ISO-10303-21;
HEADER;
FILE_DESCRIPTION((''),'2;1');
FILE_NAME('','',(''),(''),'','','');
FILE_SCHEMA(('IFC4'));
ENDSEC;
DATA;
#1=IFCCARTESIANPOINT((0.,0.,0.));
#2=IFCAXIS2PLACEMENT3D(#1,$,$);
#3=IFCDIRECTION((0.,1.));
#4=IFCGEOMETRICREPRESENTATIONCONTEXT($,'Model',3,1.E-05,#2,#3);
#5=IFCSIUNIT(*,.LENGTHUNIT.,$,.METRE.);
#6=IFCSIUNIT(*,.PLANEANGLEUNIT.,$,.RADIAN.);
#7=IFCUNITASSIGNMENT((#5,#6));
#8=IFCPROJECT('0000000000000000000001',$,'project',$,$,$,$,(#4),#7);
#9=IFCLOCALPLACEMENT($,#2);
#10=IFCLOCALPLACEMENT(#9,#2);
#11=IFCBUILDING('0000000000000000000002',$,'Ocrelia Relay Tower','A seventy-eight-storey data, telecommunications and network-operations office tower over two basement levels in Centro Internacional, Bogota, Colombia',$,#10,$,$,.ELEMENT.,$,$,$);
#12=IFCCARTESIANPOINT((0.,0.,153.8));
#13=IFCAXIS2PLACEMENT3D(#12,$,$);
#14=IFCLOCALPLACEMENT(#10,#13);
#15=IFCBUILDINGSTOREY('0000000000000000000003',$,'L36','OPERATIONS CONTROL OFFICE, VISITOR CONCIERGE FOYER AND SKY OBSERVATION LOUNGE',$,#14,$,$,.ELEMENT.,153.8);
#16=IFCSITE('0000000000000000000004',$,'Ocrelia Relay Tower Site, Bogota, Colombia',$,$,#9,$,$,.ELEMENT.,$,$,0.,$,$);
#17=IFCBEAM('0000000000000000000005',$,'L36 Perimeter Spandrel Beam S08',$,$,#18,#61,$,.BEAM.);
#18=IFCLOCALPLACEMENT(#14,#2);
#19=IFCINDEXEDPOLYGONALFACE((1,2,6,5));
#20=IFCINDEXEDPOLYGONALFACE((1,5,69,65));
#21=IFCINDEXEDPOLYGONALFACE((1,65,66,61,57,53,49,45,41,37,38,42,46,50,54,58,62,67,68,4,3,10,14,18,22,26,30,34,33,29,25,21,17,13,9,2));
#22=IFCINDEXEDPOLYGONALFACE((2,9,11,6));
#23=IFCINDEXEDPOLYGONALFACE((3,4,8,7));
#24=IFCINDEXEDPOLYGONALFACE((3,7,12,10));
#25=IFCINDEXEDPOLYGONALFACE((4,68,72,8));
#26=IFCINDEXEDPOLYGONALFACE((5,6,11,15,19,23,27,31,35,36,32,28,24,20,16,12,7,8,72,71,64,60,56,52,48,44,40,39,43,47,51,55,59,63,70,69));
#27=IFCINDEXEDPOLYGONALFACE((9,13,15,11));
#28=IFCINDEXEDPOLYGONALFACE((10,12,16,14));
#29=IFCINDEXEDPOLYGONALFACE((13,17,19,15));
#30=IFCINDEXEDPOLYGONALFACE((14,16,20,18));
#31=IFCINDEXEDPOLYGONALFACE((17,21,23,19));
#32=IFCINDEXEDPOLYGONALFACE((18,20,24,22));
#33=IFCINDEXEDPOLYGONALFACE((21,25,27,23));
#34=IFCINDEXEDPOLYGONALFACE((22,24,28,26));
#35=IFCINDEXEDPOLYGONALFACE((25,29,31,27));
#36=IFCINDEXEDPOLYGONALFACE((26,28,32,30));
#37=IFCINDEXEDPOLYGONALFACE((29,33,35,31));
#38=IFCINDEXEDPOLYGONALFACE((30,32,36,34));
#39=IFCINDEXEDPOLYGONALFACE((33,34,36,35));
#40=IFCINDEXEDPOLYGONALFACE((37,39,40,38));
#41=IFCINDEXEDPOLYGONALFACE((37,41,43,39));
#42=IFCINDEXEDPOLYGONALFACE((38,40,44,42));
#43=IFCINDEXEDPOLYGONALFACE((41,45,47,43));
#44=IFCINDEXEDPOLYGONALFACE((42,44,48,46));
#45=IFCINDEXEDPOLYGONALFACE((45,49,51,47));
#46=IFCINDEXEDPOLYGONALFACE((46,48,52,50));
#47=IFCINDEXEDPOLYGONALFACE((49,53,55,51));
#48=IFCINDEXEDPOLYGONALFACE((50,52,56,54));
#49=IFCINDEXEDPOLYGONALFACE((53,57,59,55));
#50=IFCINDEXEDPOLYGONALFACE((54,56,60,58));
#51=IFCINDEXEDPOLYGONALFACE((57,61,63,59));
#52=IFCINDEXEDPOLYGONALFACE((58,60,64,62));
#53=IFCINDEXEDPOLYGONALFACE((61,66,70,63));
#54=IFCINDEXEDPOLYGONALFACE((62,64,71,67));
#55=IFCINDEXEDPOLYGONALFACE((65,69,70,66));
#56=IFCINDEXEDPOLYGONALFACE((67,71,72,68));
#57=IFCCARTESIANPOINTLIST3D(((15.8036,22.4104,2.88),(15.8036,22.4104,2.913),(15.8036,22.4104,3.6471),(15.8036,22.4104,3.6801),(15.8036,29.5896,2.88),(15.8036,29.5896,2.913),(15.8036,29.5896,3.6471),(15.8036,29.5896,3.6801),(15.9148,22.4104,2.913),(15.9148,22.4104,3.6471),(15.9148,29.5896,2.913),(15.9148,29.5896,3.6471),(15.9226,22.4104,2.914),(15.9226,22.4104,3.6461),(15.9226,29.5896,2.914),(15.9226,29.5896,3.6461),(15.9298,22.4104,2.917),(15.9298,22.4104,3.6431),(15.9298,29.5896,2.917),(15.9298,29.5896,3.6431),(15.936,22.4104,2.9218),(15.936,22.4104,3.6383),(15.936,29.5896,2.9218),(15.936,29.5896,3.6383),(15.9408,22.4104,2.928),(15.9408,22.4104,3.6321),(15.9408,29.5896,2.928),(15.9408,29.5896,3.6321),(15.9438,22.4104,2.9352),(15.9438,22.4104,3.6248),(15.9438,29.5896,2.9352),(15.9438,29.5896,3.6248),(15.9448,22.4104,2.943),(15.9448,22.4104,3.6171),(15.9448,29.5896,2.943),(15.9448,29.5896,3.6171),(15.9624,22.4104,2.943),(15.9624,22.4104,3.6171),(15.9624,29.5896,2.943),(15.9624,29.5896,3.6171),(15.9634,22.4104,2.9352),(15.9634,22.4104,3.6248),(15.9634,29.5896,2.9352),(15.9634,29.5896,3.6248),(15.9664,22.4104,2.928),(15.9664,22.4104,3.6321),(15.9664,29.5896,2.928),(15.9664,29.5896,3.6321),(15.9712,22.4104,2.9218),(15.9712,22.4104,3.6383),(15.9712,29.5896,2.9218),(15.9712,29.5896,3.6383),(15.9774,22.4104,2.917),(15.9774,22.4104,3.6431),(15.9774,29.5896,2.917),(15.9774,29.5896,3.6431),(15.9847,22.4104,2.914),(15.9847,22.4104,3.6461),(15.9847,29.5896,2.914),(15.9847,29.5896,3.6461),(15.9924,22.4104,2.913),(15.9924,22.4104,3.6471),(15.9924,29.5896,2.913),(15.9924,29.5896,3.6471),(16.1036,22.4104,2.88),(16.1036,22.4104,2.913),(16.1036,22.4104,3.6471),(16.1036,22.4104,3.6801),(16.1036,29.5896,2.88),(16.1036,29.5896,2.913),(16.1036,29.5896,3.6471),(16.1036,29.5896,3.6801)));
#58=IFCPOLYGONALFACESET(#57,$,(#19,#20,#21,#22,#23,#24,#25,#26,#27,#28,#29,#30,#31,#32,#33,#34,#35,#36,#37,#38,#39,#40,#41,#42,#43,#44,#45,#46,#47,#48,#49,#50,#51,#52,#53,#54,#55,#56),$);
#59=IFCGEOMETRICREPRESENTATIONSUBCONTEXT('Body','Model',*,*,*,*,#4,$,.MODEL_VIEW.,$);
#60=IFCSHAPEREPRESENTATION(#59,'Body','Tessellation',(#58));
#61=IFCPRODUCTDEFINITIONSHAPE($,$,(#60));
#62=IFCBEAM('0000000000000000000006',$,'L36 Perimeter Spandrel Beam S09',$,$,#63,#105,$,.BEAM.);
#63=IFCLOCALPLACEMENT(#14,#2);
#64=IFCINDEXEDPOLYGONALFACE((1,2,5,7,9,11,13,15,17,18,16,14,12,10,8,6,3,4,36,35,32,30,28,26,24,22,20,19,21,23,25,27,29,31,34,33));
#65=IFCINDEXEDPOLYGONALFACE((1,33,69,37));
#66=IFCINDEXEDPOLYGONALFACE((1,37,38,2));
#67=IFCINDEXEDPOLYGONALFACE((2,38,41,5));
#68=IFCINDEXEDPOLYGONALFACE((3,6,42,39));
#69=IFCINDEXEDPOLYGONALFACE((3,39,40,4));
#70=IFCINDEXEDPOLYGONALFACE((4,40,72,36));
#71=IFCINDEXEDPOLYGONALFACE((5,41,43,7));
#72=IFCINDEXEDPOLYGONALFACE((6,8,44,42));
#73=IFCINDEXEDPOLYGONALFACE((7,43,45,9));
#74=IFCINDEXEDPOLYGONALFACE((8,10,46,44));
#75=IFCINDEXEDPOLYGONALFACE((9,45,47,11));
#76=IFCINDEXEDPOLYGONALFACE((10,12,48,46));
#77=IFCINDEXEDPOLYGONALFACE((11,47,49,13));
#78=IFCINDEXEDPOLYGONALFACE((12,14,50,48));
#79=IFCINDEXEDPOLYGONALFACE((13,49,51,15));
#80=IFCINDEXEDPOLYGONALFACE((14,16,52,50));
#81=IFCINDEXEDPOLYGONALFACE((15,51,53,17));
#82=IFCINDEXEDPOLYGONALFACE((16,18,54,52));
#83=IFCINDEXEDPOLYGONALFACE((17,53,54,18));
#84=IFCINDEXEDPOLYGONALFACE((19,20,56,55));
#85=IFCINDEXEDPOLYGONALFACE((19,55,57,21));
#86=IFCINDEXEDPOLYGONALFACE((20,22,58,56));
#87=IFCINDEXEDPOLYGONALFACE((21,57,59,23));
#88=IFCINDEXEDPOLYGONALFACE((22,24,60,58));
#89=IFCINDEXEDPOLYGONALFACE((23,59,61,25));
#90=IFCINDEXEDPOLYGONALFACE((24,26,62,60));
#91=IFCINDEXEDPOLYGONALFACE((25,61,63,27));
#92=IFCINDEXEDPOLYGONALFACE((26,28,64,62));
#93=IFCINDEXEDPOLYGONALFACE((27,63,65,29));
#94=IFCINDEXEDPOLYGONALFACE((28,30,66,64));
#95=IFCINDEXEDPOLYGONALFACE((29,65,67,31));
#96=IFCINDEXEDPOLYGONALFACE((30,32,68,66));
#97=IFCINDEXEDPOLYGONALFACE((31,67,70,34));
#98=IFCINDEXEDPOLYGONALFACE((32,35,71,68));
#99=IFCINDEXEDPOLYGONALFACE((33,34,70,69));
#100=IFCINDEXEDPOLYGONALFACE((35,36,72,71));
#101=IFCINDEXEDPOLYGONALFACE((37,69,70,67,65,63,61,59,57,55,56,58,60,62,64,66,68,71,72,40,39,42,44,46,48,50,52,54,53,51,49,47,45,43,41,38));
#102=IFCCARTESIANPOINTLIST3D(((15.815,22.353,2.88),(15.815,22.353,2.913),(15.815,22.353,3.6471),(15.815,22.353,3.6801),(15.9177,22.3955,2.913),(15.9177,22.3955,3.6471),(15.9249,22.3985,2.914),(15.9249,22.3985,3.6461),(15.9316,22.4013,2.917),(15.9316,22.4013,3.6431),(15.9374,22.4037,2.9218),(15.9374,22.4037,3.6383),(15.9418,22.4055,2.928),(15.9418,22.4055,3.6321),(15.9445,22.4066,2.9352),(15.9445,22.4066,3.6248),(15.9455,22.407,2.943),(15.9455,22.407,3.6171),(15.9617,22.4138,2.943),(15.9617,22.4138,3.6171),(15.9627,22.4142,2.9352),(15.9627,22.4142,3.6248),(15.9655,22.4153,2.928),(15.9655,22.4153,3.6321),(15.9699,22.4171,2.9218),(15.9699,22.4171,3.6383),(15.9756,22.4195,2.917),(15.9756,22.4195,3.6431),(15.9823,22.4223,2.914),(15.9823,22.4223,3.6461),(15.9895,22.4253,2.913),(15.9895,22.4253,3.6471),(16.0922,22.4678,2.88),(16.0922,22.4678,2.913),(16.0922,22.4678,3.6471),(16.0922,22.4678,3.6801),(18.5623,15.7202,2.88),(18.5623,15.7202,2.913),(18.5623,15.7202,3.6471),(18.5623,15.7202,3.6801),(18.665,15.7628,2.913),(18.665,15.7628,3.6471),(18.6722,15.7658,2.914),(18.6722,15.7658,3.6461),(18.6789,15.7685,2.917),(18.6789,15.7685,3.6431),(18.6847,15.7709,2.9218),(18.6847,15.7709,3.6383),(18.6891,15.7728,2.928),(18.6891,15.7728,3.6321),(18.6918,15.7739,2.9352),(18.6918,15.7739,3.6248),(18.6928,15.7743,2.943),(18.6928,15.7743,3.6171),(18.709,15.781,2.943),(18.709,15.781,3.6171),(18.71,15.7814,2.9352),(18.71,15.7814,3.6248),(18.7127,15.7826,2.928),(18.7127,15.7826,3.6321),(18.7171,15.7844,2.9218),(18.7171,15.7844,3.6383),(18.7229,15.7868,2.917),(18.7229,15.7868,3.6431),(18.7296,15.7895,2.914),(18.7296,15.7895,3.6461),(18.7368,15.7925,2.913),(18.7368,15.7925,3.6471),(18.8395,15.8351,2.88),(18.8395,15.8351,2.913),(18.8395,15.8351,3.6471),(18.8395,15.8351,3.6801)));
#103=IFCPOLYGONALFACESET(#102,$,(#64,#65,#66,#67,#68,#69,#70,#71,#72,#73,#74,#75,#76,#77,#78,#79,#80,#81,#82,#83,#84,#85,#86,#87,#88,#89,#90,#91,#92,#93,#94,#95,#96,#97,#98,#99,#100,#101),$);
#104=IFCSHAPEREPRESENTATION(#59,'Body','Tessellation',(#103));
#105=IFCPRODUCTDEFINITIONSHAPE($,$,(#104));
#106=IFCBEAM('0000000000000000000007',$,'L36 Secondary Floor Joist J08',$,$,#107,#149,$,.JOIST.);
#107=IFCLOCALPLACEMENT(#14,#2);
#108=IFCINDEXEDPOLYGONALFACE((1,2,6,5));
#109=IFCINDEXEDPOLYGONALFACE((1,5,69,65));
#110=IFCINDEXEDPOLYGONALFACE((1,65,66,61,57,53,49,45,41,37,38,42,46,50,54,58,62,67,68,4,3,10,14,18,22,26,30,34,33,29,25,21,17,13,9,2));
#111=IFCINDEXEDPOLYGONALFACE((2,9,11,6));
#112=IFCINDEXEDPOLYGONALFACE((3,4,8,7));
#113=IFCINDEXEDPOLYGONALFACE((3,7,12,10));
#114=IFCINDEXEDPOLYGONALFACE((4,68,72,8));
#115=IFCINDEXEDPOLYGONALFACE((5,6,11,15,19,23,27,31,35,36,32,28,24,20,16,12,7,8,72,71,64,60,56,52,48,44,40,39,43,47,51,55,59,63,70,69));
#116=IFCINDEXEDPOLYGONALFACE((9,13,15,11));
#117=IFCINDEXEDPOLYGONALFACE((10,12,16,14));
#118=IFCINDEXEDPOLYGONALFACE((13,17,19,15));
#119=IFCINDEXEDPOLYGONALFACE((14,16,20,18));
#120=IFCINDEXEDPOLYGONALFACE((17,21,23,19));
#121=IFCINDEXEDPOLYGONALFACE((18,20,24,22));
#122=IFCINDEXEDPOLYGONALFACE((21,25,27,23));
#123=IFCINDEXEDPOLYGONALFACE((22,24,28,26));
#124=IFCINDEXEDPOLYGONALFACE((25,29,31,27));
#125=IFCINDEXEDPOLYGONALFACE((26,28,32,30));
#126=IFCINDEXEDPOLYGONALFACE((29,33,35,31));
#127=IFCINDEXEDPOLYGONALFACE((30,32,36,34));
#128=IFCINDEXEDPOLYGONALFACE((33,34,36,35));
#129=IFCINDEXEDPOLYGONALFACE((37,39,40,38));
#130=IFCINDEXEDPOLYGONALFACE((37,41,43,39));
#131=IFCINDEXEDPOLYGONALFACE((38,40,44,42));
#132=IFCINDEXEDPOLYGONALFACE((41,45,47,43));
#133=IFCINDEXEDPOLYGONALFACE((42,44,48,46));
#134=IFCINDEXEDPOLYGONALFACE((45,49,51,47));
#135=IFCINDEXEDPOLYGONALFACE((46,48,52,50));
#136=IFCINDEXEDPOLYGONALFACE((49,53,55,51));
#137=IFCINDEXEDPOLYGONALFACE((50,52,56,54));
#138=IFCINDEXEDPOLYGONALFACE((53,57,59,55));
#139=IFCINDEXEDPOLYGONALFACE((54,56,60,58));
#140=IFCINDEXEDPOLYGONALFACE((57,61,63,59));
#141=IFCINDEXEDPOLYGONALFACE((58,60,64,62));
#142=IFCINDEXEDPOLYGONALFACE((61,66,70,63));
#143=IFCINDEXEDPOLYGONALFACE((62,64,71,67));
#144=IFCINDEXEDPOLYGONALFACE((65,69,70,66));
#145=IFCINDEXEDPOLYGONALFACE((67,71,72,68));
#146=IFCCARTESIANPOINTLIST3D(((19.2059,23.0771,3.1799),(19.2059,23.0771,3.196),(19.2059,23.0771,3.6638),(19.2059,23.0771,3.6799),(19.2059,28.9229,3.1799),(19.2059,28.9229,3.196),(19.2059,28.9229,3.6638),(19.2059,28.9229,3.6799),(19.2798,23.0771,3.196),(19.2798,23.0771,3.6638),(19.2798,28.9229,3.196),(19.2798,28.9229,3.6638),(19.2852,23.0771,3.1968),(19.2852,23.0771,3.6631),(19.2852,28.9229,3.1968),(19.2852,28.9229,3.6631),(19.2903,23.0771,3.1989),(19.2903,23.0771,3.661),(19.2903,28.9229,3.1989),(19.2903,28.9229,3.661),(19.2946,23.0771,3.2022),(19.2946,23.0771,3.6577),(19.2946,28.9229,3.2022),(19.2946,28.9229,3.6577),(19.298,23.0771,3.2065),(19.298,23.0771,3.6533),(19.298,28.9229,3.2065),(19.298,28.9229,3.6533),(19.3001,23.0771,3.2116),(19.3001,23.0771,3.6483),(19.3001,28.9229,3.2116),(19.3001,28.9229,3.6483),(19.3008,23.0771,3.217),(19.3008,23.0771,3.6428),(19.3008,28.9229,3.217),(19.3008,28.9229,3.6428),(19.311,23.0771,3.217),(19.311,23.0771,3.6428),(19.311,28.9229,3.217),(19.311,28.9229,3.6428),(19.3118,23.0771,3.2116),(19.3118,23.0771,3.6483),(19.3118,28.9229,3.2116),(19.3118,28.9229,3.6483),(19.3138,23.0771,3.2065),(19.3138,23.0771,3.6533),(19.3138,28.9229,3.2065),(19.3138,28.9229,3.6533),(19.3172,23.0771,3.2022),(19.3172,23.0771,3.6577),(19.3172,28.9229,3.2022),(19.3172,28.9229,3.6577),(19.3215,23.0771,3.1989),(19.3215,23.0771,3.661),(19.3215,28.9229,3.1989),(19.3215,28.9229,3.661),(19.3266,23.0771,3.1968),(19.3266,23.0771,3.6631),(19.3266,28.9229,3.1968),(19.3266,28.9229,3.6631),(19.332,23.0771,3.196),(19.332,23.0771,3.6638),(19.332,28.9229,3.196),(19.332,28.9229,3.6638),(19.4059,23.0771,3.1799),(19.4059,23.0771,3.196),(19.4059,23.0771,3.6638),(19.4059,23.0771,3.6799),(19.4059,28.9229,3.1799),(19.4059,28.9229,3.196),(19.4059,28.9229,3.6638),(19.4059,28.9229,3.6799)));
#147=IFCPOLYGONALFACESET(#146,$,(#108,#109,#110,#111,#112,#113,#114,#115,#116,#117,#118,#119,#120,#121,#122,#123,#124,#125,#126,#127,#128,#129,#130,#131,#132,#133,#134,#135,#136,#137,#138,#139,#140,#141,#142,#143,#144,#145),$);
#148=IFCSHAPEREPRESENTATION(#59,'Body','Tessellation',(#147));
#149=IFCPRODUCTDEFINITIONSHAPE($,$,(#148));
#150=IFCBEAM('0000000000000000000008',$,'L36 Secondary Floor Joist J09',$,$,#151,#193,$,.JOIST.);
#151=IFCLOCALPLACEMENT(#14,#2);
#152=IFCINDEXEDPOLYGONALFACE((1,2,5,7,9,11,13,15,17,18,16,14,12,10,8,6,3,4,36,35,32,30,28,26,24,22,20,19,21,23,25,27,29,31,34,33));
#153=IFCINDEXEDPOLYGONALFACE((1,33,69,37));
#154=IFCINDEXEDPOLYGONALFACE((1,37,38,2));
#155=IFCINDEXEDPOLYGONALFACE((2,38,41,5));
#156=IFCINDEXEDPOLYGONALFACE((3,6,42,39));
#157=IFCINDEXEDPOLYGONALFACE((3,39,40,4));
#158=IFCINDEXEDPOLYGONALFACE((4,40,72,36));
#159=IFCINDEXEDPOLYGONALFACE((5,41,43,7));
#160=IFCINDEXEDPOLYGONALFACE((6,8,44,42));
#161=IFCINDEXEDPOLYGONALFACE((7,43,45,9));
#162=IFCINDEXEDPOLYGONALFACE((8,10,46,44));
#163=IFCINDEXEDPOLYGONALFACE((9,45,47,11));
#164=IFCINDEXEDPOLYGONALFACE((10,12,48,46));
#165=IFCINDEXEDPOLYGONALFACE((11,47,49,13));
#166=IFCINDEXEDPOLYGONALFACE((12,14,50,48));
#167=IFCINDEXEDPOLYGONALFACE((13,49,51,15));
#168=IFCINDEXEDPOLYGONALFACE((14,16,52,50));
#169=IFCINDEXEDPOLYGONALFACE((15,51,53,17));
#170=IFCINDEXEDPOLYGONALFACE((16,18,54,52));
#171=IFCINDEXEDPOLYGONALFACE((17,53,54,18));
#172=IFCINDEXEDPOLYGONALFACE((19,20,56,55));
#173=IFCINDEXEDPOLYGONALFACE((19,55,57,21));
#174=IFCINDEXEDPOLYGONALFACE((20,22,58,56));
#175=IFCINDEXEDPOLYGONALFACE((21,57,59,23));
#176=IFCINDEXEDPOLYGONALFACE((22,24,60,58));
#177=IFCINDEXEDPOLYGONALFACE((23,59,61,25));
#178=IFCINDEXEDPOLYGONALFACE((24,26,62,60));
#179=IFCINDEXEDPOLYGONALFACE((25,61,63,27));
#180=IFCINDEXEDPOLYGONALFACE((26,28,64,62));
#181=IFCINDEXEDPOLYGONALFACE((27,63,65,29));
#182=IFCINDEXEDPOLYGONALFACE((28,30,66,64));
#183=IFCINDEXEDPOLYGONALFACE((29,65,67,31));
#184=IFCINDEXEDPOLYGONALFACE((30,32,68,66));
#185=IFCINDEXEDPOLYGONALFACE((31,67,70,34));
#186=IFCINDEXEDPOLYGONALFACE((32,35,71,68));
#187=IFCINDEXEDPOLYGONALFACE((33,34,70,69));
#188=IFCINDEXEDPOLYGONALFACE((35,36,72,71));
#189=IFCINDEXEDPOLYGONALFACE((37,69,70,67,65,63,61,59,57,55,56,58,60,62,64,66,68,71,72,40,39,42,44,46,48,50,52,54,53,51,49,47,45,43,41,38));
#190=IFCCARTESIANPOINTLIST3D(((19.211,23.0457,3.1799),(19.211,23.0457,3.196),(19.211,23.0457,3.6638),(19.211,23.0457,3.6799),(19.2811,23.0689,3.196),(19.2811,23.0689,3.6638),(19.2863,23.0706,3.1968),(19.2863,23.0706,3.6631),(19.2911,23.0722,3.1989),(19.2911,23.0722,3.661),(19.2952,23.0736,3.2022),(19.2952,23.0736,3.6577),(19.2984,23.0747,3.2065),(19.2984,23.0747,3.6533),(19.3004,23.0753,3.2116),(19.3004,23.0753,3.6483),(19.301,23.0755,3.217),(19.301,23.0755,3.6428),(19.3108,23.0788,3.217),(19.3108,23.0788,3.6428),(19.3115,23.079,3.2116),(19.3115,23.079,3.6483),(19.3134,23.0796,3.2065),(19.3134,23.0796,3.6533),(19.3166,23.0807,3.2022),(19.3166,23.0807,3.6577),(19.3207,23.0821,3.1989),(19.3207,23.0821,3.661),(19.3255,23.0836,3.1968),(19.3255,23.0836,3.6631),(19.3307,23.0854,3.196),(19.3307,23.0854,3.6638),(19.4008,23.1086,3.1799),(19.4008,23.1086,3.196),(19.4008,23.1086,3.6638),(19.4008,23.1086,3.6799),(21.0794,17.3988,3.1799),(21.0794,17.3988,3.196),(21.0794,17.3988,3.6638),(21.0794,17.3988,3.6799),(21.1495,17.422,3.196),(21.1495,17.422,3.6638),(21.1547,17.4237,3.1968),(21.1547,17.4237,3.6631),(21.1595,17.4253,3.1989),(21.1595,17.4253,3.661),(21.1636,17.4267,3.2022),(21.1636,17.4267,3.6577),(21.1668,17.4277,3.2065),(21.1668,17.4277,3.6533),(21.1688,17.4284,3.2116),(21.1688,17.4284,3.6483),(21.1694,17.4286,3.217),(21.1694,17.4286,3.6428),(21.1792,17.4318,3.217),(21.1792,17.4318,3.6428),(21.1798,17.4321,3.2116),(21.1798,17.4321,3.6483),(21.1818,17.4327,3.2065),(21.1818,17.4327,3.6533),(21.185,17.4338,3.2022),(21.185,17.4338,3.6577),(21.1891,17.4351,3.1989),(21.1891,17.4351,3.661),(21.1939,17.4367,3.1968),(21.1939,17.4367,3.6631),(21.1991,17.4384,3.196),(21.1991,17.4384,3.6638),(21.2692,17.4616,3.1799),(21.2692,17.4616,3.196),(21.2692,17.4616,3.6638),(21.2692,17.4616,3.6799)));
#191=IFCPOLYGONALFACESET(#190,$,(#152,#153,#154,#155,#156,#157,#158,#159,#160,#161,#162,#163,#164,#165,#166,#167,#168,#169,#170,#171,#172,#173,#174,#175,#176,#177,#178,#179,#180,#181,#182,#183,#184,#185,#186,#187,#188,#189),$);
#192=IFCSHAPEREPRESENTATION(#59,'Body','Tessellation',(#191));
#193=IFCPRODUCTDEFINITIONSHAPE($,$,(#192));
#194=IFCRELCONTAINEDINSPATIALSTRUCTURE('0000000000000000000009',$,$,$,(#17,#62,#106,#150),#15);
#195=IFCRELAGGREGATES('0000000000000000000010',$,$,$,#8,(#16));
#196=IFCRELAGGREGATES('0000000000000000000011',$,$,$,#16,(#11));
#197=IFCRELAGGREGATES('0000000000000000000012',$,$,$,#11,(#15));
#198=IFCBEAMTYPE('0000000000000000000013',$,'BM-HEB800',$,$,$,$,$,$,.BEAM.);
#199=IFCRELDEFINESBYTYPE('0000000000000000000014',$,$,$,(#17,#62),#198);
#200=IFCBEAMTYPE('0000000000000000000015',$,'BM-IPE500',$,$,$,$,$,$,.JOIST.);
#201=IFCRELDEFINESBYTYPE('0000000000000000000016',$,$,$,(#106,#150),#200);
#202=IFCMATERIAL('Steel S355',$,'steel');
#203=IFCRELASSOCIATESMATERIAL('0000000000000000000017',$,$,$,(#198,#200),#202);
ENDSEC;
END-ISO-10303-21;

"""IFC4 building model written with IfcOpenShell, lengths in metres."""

from ifc_helpers import new_model, si_unit, direction, frame, origin, origin_2d, place, context, subcontext, project, spatial, i_section, extrude, material, material_profile, profile_set, type_object, element, save


model = new_model("IFC4")

# Units and contexts
model_context = context("Model", 3, precision=1e-05, world=origin(), true_north=direction((0.0, 1.0)))
body_context = subcontext(model_context, "Body", "Model", "MODEL_VIEW")
ifc_project = project(units=[si_unit("LENGTHUNIT", "METRE"), si_unit("PLANEANGLEUNIT", "RADIAN")], contexts=[model_context])

# Site, building, storey
site_placement = place(None, origin())
site = spatial("IfcSite", under=ifc_project, at=site_placement, Name="Ocrelia Relay Tower Site, Bogota, Colombia", CompositionType="ELEMENT", RefElevation=0.0)
building_placement = place(site_placement, origin())
building = spatial("IfcBuilding", under=site, at=building_placement, Name="Ocrelia Relay Tower", Description="A seventy-eight-storey data, telecommunications and network-operations office tower over two basement levels in Centro Internacional, Bogota, Colombia", CompositionType="ELEMENT")
storey_placement = place(building_placement, frame((0.0, 0.0, 153.8)))
storey = spatial("IfcBuildingStorey", under=building, at=storey_placement, Name="L36", Description="OPERATIONS CONTROL OFFICE, VISITOR CONCIERGE FOYER AND SKY OBSERVATION LOUNGE", CompositionType="ELEMENT", Elevation=153.8)

# Beams
ifc_material_1 = material(Name="Steel S355", Category="steel")
ifc_material_profile_1 = material_profile(ifc_material_1, i_section(OverallWidth=0.3, OverallDepth=0.8, WebThickness=0.0176, FlangeThickness=0.033, FilletRadius=0.03, at=origin_2d()), Name="HEB 800")
ifc_profile_set_1 = profile_set([ifc_material_profile_1], Name="Steel S355")
beam_type_1 = type_object("IfcBeamType", Name="BM-HEB800", PredefinedType="BEAM", material=ifc_profile_set_1)
for number, where, z_axis, x_axis, name in (
    (1, (15.9536, 29.5896, 3.28), (0.0, -1.0, 0.0), (1.0, 0.0, 0.0), "L36 Perimeter Spandrel Beam S08"),
    (2, (15.9536, 22.4104, 3.28), (0.382673, -0.923884, 0.0), (0.923884, 0.382673, 0.0), "L36 Perimeter Spandrel Beam S09"),
):
    element("IfcBeam", number, at=place(storey_placement, frame(where, z_axis=z_axis, x_axis=x_axis)), inside=storey, type_object=beam_type_1, Name=name, PredefinedType="BEAM", context=body_context, shape_type="SweptSolid", body=[
        extrude(i_section(OverallWidth=0.3, OverallDepth=0.8, WebThickness=0.0176, FlangeThickness=0.033, FilletRadius=0.03, at=origin_2d()), origin(), (0.0, 0.0, 1.0), 7.1792),
    ])
ifc_material_profile_2 = material_profile(ifc_material_1, i_section(OverallWidth=0.2, OverallDepth=0.5, WebThickness=0.0103, FlangeThickness=0.0161, FilletRadius=0.021, at=origin_2d()), Name="IPE 500")
ifc_profile_set_2 = profile_set([ifc_material_profile_2], Name="Steel S355")
beam_type_2 = type_object("IfcBeamType", Name="BM-IPE500", PredefinedType="JOIST", material=ifc_profile_set_2)
beam_1_placement = place(storey_placement, frame((19.3059, 28.9229, 3.4299), z_axis=(0.0, -1.0, 0.0), x_axis=(1.0, 0.0, 0.0)))
element("IfcBeam", 3, at=beam_1_placement, inside=storey, type_object=beam_type_2, Name="L36 Secondary Floor Joist J08", PredefinedType="JOIST", context=body_context, shape_type="SweptSolid", body=[
    extrude(i_section(OverallWidth=0.2, OverallDepth=0.5, WebThickness=0.0103, FlangeThickness=0.0161, FilletRadius=0.021, at=origin_2d()), origin(), (0.0, 0.0, 1.0), 5.8457),
])
beam_2_placement = place(storey_placement, frame((19.3059, 23.0771, 3.4299), z_axis=(0.314121, -0.949383, 0.0), x_axis=(0.949383, 0.314121, 0.0)))
element("IfcBeam", 4, at=beam_2_placement, inside=storey, type_object=beam_type_2, Name="L36 Secondary Floor Joist J09", PredefinedType="JOIST", context=body_context, shape_type="SweptSolid", body=[
    extrude(i_section(OverallWidth=0.2, OverallDepth=0.5, WebThickness=0.0103, FlangeThickness=0.0161, FilletRadius=0.021, at=origin_2d()), origin(), (0.0, 0.0, 1.0), 5.948),
])

save(model, "model.ifc")
